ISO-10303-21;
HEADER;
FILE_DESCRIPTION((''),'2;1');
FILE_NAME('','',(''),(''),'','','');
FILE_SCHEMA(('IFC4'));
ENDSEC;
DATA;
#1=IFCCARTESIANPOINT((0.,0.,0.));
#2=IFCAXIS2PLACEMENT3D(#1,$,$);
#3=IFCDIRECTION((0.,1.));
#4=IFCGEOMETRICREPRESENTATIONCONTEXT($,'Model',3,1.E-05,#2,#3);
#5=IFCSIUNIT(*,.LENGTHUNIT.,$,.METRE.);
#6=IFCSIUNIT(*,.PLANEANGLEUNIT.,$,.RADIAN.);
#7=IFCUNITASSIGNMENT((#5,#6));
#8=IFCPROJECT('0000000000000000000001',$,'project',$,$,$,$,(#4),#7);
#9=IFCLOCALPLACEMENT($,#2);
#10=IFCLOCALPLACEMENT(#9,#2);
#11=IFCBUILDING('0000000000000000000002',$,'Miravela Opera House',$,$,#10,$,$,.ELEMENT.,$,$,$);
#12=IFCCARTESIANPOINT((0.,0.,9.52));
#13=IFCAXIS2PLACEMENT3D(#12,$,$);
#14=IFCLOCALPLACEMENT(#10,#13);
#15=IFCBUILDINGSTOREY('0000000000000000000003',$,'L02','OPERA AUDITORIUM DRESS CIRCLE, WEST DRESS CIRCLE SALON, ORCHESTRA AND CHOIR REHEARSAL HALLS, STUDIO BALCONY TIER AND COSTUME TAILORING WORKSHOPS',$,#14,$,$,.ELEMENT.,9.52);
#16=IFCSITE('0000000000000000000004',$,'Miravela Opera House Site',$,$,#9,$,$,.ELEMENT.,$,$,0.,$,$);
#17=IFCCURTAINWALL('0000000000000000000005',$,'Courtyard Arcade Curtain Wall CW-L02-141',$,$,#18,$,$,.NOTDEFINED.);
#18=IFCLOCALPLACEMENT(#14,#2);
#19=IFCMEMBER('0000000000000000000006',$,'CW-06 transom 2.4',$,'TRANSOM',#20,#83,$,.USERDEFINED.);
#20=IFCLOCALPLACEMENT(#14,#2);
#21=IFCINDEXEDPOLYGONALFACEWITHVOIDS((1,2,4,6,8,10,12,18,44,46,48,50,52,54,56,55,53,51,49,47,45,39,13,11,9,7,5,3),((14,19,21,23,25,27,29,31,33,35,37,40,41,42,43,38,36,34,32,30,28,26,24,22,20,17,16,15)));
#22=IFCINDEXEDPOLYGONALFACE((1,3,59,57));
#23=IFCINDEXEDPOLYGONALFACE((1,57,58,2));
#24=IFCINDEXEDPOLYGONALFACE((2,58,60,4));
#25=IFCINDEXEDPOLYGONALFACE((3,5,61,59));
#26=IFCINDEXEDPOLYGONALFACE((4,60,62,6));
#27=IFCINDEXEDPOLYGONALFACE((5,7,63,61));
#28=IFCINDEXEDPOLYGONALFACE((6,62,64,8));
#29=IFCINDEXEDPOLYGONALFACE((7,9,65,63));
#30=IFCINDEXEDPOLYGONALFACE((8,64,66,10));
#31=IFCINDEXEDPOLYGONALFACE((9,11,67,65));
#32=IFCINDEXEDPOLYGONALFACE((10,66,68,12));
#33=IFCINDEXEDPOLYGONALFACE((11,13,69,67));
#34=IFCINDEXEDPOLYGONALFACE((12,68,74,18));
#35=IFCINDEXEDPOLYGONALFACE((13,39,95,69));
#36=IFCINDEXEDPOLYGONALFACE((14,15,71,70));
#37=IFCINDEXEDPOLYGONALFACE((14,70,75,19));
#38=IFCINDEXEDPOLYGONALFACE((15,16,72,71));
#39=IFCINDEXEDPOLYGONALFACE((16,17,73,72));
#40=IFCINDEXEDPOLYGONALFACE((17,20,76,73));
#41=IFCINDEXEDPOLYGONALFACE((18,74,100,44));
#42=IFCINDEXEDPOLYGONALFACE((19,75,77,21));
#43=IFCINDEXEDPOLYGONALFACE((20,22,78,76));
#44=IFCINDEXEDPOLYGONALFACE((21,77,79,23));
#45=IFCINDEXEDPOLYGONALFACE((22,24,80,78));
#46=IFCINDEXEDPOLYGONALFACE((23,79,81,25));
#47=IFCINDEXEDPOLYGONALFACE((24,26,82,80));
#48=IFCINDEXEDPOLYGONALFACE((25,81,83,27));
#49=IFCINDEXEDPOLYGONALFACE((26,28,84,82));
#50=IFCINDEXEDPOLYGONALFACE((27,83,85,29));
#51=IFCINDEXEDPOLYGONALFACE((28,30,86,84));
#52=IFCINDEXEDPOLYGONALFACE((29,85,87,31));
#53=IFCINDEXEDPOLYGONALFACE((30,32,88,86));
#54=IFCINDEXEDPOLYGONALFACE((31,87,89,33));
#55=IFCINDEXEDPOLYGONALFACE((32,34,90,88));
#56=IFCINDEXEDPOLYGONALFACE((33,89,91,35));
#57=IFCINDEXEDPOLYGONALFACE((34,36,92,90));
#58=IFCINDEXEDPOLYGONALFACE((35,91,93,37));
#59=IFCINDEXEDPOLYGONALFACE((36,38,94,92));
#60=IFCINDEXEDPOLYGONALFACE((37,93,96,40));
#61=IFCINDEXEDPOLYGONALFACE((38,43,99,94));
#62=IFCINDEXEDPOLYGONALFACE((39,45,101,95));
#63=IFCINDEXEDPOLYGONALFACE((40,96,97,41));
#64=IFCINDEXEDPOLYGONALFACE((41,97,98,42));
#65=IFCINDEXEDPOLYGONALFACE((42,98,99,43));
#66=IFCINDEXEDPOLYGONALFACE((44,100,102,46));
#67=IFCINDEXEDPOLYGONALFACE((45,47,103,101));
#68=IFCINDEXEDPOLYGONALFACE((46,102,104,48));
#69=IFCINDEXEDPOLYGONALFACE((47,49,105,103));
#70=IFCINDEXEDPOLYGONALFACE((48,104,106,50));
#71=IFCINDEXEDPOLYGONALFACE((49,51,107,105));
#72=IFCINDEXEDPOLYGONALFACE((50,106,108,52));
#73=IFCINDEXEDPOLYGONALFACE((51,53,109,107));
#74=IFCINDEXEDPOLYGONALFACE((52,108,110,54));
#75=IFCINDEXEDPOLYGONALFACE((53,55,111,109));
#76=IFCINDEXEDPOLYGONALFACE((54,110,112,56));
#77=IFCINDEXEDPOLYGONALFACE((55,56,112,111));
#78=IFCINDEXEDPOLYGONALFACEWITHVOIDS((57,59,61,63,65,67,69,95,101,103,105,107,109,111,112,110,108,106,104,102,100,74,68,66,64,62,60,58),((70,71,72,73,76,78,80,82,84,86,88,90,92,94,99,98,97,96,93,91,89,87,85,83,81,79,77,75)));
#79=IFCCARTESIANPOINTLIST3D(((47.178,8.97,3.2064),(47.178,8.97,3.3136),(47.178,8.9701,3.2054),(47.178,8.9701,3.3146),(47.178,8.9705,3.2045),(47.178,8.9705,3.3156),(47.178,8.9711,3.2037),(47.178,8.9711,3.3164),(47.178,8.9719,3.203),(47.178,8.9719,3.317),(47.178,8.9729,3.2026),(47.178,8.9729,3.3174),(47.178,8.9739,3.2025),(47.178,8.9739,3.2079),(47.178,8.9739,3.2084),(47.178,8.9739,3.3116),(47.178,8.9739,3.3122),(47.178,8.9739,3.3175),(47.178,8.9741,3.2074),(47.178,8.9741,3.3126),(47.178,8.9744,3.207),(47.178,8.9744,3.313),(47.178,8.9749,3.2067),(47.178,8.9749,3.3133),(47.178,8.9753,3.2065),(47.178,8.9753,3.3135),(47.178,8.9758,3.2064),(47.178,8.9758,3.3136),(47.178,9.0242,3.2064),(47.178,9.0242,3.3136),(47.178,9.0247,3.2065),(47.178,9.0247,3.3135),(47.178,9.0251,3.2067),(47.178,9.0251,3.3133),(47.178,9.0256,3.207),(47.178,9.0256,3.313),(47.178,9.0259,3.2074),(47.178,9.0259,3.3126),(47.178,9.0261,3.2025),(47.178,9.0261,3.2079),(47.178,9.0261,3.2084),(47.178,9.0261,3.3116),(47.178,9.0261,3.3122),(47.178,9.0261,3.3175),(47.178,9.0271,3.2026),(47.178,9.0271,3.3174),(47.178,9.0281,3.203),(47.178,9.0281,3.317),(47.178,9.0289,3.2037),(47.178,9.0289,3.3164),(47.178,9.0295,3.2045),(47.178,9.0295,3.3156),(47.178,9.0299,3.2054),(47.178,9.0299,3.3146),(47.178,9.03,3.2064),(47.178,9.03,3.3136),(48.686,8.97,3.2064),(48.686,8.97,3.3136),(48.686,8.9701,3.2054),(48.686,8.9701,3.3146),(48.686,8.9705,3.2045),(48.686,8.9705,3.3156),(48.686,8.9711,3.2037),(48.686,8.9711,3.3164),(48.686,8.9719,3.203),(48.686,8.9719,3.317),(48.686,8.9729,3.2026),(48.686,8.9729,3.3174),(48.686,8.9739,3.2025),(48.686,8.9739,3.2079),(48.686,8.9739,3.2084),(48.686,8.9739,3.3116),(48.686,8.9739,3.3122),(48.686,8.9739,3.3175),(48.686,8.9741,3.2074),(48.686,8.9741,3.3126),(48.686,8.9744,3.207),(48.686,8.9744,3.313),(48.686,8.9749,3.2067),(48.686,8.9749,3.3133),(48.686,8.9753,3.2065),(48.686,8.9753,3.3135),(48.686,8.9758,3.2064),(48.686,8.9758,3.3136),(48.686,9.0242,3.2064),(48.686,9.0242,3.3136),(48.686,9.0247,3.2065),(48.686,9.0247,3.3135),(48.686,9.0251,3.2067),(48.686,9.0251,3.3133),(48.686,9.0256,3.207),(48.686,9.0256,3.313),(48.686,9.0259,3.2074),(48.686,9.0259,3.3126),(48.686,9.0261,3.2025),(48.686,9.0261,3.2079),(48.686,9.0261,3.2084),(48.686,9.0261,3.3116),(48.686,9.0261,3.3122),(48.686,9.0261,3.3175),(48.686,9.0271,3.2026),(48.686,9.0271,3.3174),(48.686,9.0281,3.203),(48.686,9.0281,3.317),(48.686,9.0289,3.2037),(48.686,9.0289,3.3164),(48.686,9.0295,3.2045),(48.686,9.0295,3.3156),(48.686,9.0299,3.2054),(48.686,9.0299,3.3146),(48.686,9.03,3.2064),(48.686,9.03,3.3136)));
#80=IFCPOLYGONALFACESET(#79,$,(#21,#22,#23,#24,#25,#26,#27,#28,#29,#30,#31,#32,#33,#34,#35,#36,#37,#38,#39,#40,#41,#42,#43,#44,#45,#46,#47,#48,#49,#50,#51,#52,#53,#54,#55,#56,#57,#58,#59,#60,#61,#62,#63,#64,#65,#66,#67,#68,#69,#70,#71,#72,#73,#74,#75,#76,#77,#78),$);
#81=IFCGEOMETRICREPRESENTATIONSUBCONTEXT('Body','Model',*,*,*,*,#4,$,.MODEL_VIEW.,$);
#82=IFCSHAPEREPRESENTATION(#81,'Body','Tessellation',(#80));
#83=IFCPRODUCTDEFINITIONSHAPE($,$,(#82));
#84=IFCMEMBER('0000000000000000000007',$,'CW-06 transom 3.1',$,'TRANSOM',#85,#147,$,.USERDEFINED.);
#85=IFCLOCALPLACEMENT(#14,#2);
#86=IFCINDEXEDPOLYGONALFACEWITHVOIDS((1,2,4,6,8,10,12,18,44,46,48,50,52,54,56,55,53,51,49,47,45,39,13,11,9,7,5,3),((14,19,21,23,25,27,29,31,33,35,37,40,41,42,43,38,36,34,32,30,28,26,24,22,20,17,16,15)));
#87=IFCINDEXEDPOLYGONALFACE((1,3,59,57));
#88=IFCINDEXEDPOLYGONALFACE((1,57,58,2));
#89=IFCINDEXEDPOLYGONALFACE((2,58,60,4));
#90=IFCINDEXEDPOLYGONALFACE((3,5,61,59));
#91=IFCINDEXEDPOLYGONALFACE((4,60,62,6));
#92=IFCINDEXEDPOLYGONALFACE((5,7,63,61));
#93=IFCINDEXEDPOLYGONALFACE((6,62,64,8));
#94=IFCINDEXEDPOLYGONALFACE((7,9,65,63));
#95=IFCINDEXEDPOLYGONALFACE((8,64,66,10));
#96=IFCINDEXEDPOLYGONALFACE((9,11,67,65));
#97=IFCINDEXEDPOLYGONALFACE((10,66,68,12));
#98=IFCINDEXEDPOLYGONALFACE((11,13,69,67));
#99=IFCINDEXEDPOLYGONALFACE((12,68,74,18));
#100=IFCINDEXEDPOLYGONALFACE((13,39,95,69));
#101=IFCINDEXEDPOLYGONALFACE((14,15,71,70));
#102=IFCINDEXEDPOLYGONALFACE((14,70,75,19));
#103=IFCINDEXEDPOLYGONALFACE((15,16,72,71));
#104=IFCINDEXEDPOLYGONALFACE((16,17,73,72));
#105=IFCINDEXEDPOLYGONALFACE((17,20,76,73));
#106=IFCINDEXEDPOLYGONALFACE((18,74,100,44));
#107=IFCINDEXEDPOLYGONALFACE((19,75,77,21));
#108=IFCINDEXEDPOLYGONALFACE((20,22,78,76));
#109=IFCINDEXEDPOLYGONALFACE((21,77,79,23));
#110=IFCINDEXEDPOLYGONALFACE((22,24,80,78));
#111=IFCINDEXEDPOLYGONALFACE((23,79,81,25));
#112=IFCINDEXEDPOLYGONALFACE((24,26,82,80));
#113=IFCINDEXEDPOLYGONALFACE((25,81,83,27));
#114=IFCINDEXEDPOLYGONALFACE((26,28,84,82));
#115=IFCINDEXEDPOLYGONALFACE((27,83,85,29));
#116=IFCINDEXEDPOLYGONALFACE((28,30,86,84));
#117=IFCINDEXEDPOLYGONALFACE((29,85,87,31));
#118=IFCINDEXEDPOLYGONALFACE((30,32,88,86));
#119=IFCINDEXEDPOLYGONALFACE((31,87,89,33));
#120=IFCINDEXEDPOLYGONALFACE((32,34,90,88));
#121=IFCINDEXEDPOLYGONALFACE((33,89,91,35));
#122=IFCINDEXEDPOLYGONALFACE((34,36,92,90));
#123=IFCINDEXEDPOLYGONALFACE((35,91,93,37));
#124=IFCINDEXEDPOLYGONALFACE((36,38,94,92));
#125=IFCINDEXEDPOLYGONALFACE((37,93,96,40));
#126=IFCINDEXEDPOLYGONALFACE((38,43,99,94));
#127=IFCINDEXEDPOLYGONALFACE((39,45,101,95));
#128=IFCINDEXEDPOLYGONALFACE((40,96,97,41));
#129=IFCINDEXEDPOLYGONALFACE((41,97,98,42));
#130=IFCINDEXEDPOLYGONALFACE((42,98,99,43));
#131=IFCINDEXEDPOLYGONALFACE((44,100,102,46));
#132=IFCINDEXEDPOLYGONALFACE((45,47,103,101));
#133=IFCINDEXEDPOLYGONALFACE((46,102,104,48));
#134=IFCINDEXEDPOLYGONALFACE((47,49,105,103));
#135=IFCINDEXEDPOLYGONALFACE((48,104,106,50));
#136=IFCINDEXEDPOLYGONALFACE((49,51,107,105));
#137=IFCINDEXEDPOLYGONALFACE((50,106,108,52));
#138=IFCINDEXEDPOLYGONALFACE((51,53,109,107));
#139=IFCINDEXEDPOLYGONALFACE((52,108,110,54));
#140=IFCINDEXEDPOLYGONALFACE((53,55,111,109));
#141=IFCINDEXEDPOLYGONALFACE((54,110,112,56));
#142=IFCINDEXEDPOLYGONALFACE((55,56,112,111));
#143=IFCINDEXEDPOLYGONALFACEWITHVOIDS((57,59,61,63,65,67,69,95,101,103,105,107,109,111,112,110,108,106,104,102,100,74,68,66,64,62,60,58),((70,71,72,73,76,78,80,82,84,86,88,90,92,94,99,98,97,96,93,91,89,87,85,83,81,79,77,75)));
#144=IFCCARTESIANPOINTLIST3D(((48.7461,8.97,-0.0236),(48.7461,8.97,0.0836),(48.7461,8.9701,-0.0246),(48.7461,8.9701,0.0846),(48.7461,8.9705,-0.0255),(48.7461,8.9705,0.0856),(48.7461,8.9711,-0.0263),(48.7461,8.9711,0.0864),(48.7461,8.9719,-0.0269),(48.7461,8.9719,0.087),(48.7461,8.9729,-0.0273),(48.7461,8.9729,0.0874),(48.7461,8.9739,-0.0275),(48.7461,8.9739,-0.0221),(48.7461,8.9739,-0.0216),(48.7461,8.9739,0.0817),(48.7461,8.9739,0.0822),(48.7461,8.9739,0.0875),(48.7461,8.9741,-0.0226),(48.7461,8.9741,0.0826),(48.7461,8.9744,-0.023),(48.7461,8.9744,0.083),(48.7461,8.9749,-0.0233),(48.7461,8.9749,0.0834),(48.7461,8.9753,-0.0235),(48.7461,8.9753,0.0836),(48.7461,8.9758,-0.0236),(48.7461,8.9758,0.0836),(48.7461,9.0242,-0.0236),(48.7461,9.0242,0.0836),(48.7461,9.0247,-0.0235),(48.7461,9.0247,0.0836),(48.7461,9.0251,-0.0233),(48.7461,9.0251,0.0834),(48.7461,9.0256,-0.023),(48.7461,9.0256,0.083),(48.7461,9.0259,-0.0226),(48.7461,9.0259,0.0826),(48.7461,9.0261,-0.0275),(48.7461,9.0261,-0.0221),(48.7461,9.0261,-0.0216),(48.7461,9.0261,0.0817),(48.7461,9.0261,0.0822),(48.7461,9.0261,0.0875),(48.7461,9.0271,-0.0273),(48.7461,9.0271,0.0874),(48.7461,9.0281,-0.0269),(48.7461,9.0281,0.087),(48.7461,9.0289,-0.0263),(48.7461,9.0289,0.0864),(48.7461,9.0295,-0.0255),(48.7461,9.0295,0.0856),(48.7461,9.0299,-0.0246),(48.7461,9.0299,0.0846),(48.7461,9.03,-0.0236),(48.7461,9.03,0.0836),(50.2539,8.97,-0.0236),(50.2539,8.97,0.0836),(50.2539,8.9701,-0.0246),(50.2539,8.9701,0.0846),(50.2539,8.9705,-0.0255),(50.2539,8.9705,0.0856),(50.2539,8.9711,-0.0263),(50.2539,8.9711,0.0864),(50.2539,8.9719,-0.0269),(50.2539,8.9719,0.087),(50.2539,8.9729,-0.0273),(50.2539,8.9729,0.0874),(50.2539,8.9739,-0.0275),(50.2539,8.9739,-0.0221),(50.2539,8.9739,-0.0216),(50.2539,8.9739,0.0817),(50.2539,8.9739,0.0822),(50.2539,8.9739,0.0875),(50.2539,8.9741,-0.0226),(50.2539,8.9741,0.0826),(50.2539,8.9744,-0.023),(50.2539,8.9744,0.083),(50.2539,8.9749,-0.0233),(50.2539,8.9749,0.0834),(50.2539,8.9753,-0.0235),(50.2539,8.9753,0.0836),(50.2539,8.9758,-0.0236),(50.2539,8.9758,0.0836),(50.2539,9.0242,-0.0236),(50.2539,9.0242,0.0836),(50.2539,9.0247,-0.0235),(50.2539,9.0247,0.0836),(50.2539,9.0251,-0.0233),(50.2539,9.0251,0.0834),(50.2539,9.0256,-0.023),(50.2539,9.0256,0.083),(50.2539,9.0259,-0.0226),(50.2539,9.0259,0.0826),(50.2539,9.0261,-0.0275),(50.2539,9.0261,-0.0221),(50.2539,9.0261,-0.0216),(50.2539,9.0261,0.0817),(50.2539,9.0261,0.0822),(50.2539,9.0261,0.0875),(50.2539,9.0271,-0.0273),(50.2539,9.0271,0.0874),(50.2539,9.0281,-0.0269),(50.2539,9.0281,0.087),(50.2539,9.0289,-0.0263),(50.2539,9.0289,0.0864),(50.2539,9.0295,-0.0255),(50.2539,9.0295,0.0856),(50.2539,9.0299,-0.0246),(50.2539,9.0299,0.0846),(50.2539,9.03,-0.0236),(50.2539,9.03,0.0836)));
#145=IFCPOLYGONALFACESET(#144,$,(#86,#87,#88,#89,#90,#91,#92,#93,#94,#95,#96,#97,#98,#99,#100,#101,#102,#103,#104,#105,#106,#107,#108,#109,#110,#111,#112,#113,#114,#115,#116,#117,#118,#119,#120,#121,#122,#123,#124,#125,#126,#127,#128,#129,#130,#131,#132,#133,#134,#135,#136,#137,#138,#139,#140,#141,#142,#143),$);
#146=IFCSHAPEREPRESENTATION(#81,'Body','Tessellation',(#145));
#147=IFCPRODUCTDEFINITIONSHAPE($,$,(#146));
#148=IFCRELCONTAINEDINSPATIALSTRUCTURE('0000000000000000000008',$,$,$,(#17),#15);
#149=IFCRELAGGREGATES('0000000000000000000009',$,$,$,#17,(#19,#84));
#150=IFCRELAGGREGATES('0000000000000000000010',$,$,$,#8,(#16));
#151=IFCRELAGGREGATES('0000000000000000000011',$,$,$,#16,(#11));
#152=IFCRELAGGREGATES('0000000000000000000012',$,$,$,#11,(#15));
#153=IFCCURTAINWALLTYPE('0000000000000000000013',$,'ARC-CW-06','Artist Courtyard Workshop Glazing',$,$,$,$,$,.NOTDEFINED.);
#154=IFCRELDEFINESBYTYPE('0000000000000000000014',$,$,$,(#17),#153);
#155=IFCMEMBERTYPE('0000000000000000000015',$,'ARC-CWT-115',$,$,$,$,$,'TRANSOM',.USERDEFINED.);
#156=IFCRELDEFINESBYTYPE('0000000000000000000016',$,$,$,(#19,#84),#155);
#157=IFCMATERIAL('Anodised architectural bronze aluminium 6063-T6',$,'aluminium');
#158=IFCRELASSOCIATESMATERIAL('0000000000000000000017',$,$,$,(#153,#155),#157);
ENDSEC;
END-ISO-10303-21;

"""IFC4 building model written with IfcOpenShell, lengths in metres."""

from ifc_helpers import new_model, si_unit, direction, frame, origin, origin_2d, place, context, subcontext, project, spatial, hollow_rectangle, extrude, material, material_profile, profile_set, type_object, element, aggregate, save


model = new_model("IFC4")

# Units and contexts
model_context = context("Model", 3, precision=1e-05, world=origin(), true_north=direction((0.0, 1.0)))
body_context = subcontext(model_context, "Body", "Model", "MODEL_VIEW")
ifc_project = project(units=[si_unit("LENGTHUNIT", "METRE"), si_unit("PLANEANGLEUNIT", "RADIAN")], contexts=[model_context])

# Site, building, storey
site_placement = place(None, origin())
site = spatial("IfcSite", under=ifc_project, at=site_placement, Name="Miravela Opera House Site", CompositionType="ELEMENT", RefElevation=0.0)
building_placement = place(site_placement, origin())
building = spatial("IfcBuilding", under=site, at=building_placement, Name="Miravela Opera House", CompositionType="ELEMENT")
storey_placement = place(building_placement, frame((0.0, 0.0, 9.52)))
storey = spatial("IfcBuildingStorey", under=building, at=storey_placement, Name="L02", Description="OPERA AUDITORIUM DRESS CIRCLE, WEST DRESS CIRCLE SALON, ORCHESTRA AND CHOIR REHEARSAL HALLS, STUDIO BALCONY TIER AND COSTUME TAILORING WORKSHOPS", CompositionType="ELEMENT", Elevation=9.52)

# Curtain wall, members
ifc_material_1 = material(Name="Anodised architectural bronze aluminium 6063-T6", Category="aluminium")
curtain_wall_type = type_object("IfcCurtainWallType", Name="ARC-CW-06", Description="Artist Courtyard Workshop Glazing", PredefinedType="NOTDEFINED", material=ifc_material_1)
curtain_wall_placement = place(storey_placement, origin())
curtain_wall = element("IfcCurtainWall", 1, at=curtain_wall_placement, inside=storey, type_object=curtain_wall_type, Name="Courtyard Arcade Curtain Wall CW-L02-141", PredefinedType="NOTDEFINED")
ifc_material_profile_1 = material_profile(ifc_material_1, hollow_rectangle(XDim=0.0601, YDim=0.115, WallThickness=0.0039, InnerFilletRadius=0.002, OuterFilletRadius=0.0039, at=origin_2d()), Name="CWT-60X115")
ifc_profile_set_1 = profile_set([ifc_material_profile_1])
member_type_1 = type_object("IfcMemberType", Name="ARC-CWT-115", ElementType="TRANSOM", PredefinedType="USERDEFINED", material=ifc_profile_set_1)
member_1_placement = place(storey_placement, frame((47.178, 9.0, 3.26), z_axis=(1.0, 0.0, 0.0), x_axis=(0.0, 1.0, 0.0)))
member_1 = element("IfcMember", 2, at=member_1_placement, type_object=member_type_1, Name="CW-06 transom 2.4", ObjectType="TRANSOM", PredefinedType="USERDEFINED", context=body_context, shape_type="SweptSolid", body=[
    extrude(hollow_rectangle(XDim=0.0601, YDim=0.115, WallThickness=0.0039, InnerFilletRadius=0.002, OuterFilletRadius=0.0039, at=origin_2d()), origin(), (0.0, 0.0, 1.0), 1.5081),
])
member_2_placement = place(storey_placement, frame((48.7461, 9.0, 0.03), z_axis=(1.0, 0.0, 0.0), x_axis=(0.0, 1.0, 0.0)))
member_2 = element("IfcMember", 3, at=member_2_placement, type_object=member_type_1, Name="CW-06 transom 3.1", ObjectType="TRANSOM", PredefinedType="USERDEFINED", context=body_context, shape_type="SweptSolid", body=[
    extrude(hollow_rectangle(XDim=0.0601, YDim=0.115, WallThickness=0.0039, InnerFilletRadius=0.002, OuterFilletRadius=0.0039, at=origin_2d()), origin(), (0.0, 0.0, 1.0), 1.5078),
])
aggregate(curtain_wall, [member_1, member_2])

save(model, "model.ifc")
